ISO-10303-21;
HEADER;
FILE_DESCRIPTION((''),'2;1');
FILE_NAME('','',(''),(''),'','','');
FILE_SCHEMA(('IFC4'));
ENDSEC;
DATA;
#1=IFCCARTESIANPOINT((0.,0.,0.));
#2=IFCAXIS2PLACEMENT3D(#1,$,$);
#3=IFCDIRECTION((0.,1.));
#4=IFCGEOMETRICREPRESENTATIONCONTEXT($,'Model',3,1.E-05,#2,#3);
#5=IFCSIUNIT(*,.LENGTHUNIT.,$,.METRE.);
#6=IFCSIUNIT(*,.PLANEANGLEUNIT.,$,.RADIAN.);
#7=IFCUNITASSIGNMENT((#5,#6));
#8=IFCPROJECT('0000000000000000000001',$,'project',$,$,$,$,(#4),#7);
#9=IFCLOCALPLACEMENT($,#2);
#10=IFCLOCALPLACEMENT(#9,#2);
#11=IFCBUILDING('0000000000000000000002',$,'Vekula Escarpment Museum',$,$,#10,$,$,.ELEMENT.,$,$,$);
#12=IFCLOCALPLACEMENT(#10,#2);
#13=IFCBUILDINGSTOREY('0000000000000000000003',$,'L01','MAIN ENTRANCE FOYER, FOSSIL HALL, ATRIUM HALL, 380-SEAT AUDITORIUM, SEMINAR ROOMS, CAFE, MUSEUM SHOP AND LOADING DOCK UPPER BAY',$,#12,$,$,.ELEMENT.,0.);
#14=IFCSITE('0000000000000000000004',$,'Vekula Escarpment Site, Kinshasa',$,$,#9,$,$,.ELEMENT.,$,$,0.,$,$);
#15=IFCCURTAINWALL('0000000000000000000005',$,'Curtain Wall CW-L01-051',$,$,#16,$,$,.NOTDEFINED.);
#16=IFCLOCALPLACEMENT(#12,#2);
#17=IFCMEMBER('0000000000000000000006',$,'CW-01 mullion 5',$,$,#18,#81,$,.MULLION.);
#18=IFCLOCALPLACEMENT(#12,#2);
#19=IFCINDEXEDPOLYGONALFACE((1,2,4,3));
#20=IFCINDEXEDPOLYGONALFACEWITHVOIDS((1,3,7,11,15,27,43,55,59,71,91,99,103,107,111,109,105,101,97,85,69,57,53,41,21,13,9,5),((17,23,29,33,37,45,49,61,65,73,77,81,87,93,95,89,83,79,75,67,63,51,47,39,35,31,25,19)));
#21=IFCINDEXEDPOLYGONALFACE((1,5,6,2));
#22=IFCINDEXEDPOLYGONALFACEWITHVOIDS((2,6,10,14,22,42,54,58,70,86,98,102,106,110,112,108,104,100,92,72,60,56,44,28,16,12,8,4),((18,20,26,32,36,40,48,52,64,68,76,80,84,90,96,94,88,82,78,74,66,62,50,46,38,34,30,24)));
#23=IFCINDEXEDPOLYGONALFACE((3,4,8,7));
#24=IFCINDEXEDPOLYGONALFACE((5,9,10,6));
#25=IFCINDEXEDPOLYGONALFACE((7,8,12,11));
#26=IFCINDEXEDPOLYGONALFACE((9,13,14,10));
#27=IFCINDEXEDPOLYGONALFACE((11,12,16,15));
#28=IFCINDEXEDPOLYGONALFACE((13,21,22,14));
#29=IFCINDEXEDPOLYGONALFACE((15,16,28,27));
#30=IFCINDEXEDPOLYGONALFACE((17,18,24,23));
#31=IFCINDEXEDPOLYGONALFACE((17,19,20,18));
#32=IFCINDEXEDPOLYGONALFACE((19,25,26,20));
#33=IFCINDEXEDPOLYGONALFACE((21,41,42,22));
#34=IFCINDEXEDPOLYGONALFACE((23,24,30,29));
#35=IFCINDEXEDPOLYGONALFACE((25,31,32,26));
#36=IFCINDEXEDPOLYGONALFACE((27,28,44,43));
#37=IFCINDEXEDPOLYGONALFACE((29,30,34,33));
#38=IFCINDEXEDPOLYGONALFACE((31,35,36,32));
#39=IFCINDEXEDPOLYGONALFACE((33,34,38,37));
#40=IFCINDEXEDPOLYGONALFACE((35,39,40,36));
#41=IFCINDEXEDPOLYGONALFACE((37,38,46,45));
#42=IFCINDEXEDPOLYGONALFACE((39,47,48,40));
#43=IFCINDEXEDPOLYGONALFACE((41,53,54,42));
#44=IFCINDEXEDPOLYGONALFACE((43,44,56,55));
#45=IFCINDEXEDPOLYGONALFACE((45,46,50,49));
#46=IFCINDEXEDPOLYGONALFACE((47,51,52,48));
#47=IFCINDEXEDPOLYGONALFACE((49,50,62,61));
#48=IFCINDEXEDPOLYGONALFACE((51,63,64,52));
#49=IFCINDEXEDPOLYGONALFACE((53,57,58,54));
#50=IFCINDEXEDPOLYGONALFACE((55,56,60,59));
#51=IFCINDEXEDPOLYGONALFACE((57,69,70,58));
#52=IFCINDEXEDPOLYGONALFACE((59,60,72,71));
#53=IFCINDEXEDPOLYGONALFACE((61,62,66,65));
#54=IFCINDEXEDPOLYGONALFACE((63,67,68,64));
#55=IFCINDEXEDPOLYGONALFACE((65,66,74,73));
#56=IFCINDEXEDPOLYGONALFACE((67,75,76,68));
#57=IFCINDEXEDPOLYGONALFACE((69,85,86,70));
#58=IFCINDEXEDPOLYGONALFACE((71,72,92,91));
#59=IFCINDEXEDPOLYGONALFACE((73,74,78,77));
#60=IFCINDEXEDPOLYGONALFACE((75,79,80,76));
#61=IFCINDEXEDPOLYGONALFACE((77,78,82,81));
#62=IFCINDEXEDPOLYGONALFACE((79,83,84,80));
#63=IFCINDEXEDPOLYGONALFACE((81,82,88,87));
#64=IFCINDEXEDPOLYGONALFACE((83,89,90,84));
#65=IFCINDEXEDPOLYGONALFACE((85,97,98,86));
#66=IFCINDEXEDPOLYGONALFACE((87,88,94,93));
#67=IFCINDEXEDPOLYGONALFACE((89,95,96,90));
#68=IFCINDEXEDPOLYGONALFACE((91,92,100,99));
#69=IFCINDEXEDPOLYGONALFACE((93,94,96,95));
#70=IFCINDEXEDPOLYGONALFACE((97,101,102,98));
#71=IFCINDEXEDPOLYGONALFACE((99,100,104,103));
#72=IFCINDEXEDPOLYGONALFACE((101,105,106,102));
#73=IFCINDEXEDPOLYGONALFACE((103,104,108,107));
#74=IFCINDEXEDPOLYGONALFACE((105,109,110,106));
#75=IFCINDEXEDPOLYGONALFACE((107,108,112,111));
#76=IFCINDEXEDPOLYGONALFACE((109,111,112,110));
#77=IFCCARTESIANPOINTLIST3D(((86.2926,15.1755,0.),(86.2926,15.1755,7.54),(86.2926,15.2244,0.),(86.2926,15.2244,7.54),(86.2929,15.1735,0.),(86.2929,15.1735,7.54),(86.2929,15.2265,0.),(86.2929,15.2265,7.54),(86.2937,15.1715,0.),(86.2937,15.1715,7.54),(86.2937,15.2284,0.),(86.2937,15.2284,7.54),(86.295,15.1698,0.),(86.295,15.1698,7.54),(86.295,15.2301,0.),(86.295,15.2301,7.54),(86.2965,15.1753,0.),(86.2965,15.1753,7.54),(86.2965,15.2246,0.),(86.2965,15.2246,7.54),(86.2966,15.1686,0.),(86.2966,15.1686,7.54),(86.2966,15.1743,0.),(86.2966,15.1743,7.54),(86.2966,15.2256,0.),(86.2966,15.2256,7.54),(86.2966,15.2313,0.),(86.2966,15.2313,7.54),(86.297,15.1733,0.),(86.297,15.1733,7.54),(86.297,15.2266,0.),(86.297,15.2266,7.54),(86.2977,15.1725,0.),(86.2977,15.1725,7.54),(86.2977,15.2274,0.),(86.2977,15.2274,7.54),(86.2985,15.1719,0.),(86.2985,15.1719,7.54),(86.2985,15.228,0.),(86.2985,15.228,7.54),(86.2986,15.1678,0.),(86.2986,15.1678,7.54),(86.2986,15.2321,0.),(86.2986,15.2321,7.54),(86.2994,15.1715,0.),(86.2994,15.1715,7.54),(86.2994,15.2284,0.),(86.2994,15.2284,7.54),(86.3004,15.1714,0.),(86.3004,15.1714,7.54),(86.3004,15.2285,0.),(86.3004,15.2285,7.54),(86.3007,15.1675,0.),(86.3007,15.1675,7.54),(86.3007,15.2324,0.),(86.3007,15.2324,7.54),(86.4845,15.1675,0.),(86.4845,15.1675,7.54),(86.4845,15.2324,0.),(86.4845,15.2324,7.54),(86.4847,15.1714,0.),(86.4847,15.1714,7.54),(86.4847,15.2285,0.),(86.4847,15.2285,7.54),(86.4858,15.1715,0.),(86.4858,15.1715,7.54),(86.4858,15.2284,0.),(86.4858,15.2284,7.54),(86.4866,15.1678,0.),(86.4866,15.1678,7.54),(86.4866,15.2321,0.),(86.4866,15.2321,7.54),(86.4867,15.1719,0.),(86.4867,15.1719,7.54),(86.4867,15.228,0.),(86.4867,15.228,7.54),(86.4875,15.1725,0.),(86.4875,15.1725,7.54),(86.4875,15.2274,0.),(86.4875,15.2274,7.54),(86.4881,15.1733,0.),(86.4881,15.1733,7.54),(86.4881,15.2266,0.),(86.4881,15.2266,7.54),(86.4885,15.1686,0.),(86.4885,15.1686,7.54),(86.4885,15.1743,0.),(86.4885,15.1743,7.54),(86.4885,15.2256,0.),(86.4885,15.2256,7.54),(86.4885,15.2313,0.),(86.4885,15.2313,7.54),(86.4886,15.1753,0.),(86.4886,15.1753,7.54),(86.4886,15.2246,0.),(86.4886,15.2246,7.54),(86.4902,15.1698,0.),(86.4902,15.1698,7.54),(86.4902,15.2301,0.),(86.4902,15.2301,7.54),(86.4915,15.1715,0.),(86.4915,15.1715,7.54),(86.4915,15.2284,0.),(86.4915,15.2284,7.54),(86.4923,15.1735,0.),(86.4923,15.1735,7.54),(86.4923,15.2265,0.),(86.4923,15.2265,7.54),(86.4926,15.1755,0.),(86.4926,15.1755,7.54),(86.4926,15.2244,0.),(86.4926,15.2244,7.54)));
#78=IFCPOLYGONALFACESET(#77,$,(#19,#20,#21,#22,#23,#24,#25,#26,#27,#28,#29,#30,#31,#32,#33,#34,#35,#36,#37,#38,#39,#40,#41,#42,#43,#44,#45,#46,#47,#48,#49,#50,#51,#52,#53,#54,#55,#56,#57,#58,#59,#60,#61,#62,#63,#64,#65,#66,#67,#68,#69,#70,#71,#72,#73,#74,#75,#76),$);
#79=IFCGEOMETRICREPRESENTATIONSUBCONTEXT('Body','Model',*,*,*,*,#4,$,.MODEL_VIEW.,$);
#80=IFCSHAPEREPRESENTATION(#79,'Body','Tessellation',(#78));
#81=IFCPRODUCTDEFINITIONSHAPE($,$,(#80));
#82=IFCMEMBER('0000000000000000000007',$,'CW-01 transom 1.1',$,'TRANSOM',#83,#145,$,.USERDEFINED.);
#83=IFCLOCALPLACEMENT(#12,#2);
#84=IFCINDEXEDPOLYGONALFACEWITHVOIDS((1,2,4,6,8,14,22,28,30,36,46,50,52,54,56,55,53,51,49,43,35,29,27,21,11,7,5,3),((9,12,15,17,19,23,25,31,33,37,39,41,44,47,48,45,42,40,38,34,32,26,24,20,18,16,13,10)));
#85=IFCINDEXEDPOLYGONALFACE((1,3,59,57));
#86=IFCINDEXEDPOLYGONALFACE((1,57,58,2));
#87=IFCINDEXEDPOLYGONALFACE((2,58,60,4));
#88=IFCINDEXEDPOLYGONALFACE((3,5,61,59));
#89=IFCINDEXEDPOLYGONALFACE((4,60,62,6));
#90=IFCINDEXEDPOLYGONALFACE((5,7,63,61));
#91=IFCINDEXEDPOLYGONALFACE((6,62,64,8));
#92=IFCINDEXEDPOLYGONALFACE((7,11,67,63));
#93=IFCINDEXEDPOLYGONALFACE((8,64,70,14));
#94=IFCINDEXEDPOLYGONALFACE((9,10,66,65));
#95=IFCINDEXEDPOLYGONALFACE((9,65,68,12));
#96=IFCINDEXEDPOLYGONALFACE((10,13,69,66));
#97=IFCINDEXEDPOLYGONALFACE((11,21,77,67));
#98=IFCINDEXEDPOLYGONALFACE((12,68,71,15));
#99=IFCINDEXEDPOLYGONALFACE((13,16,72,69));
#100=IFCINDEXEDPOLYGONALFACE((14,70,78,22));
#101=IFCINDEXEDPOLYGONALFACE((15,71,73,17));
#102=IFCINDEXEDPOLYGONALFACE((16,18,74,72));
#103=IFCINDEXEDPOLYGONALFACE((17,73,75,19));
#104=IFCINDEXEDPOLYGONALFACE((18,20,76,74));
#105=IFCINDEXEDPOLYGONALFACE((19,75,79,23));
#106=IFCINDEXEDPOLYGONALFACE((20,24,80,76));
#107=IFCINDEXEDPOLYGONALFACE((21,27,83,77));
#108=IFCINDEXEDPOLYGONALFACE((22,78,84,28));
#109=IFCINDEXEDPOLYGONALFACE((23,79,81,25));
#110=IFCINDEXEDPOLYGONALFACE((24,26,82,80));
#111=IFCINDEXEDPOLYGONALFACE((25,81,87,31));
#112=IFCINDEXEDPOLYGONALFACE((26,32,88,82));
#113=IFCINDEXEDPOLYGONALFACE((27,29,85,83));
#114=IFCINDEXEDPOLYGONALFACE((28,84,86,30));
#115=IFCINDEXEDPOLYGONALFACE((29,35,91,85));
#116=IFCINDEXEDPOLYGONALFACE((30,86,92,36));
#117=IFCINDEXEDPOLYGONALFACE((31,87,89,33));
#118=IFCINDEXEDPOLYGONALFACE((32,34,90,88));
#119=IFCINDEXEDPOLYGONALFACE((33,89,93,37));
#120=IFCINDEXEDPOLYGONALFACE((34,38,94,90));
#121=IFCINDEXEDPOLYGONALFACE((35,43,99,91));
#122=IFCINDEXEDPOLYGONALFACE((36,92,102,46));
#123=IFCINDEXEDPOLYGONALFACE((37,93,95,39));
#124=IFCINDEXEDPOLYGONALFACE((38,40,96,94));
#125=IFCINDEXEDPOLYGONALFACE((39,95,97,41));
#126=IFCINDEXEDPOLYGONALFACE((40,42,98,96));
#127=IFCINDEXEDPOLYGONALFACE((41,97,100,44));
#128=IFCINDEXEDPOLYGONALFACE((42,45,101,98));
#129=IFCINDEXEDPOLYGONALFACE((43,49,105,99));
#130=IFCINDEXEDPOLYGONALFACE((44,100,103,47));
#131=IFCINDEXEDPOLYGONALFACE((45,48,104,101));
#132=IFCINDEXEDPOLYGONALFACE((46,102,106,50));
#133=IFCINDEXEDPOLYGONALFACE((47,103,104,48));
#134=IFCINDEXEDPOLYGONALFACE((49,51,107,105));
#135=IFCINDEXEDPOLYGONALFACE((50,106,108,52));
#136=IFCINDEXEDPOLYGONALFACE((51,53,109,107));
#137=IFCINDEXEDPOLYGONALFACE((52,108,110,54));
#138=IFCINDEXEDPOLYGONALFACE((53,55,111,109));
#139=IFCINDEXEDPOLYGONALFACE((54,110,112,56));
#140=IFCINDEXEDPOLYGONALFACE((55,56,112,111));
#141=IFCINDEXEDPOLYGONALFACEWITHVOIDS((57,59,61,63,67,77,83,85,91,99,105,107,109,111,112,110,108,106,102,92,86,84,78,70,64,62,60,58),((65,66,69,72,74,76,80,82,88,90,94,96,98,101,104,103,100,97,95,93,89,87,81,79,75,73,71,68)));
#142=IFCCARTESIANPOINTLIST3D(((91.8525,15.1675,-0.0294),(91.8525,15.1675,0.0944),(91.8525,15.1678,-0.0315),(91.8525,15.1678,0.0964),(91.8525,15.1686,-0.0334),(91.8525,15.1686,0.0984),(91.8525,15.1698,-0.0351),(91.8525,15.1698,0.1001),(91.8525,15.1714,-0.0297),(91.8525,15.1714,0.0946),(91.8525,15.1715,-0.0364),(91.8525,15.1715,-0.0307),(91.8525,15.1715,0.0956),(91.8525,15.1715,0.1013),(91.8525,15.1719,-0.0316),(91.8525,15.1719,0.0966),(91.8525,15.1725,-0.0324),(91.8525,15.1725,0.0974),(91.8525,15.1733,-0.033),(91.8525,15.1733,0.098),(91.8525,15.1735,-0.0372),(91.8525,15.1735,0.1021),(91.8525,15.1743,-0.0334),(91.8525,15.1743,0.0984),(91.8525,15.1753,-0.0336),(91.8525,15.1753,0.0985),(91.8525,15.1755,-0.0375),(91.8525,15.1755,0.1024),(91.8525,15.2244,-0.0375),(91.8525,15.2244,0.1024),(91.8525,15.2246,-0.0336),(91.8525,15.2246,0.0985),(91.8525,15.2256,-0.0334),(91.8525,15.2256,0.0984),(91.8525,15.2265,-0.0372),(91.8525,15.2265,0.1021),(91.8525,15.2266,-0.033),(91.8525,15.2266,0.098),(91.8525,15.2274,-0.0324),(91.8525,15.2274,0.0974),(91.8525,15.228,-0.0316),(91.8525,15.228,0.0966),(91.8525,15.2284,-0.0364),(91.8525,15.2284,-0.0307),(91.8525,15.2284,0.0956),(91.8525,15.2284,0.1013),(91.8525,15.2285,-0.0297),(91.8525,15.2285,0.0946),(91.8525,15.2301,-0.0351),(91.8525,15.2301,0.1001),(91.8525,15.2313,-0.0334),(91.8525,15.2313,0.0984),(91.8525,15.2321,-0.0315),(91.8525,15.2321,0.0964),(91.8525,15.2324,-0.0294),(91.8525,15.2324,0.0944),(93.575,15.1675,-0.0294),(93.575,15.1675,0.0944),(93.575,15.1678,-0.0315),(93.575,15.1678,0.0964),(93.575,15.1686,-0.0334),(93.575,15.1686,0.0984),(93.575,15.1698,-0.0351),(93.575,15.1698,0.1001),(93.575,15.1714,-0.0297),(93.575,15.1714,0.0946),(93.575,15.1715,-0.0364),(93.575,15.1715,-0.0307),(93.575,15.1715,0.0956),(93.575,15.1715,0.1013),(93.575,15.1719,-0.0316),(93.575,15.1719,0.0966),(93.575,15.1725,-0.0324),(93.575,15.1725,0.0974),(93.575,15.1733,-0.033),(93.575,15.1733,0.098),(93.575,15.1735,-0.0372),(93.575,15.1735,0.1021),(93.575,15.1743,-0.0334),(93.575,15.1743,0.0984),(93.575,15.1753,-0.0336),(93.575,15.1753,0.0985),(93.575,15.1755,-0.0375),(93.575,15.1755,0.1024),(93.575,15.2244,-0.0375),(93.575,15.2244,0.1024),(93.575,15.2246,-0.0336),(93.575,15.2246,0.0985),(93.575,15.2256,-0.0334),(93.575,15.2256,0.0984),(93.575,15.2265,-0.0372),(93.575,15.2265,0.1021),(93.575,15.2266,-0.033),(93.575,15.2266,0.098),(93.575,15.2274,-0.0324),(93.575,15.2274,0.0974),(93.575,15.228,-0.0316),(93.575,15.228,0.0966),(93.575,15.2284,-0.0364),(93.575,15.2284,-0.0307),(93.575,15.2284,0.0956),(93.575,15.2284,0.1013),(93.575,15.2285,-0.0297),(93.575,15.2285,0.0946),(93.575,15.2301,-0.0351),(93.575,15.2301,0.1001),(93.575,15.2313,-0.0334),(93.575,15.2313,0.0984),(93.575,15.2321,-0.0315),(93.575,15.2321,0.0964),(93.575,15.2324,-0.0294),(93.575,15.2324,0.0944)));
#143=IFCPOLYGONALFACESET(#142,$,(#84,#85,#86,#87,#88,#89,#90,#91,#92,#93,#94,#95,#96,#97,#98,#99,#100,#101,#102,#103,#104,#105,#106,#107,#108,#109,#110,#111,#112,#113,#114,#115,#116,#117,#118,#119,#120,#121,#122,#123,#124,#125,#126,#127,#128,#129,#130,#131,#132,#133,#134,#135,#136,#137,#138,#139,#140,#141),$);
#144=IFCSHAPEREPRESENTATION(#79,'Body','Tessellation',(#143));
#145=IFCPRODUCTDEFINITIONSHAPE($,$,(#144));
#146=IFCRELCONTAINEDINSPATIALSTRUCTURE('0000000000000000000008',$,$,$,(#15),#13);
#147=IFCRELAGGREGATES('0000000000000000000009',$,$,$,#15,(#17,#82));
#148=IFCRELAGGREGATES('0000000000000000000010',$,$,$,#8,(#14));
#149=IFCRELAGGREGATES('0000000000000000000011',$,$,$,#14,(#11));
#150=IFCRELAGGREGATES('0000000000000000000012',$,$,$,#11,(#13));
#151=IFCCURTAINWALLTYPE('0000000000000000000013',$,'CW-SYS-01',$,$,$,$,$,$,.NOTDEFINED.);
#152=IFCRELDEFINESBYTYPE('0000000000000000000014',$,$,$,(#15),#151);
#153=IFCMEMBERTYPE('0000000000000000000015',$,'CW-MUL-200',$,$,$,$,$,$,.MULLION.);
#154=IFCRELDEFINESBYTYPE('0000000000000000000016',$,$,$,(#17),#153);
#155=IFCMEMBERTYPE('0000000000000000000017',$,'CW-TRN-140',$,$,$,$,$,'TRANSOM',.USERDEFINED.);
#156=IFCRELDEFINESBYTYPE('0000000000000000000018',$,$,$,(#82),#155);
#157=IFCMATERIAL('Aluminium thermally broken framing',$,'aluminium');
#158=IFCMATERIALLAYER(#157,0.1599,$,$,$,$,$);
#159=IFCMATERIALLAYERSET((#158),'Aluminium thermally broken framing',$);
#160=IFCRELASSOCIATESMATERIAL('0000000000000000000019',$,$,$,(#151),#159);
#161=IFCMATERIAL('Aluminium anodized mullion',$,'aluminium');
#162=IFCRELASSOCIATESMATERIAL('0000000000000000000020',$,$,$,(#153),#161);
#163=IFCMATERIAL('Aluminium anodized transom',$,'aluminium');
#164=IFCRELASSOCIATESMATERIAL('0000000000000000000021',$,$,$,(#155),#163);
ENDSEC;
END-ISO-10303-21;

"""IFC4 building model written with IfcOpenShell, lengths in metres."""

from ifc_helpers import new_model, si_unit, direction, frame, origin, origin_2d, place, context, subcontext, project, spatial, hollow_rectangle, extrude, material, layer, layer_set, material_profile, profile_set, type_object, element, aggregate, save


model = new_model("IFC4")

# Units and contexts
model_context = context("Model", 3, precision=1e-05, world=origin(), true_north=direction((0.0, 1.0)))
body_context = subcontext(model_context, "Body", "Model", "MODEL_VIEW")
ifc_project = project(units=[si_unit("LENGTHUNIT", "METRE"), si_unit("PLANEANGLEUNIT", "RADIAN")], contexts=[model_context])

# Site, building, storey
site_placement = place(None, origin())
site = spatial("IfcSite", under=ifc_project, at=site_placement, Name="Vekula Escarpment Site, Kinshasa", CompositionType="ELEMENT", RefElevation=0.0)
building_placement = place(site_placement, origin())
building = spatial("IfcBuilding", under=site, at=building_placement, Name="Vekula Escarpment Museum", CompositionType="ELEMENT")
storey_placement = place(building_placement, origin())
storey = spatial("IfcBuildingStorey", under=building, at=storey_placement, Name="L01", Description="MAIN ENTRANCE FOYER, FOSSIL HALL, ATRIUM HALL, 380-SEAT AUDITORIUM, SEMINAR ROOMS, CAFE, MUSEUM SHOP AND LOADING DOCK UPPER BAY", CompositionType="ELEMENT", Elevation=0.0)

# Curtain wall, members
ifc_material_1 = material(Name="Aluminium thermally broken framing", Category="aluminium")
ifc_layer_1 = layer(ifc_material_1, 0.1599)
ifc_layer_set_1 = layer_set([ifc_layer_1], Name="Aluminium thermally broken framing")
curtain_wall_type = type_object("IfcCurtainWallType", Name="CW-SYS-01", PredefinedType="NOTDEFINED", material=ifc_layer_set_1)
curtain_wall_placement = place(storey_placement, origin())
curtain_wall = element("IfcCurtainWall", 1, at=curtain_wall_placement, inside=storey, type_object=curtain_wall_type, Name="Curtain Wall CW-L01-051", PredefinedType="NOTDEFINED")
ifc_material_2 = material(Name="Aluminium anodized mullion", Category="aluminium")
ifc_material_profile_1 = material_profile(ifc_material_2, hollow_rectangle(XDim=0.0649, YDim=0.2, WallThickness=0.0039, InnerFilletRadius=0.0039, OuterFilletRadius=0.0081, at=origin_2d()), Name="ALU 200x65x4")
ifc_profile_set_1 = profile_set([ifc_material_profile_1], Name="Aluminium anodized mullion")
member_type_1 = type_object("IfcMemberType", Name="CW-MUL-200", PredefinedType="MULLION", material=ifc_profile_set_1)
member_1_placement = place(storey_placement, frame((86.3926, 15.2, 0.0), z_axis=(0.0, 0.0, 1.0), x_axis=(0.0, -1.0, 0.0)))
member_1 = element("IfcMember", 2, at=member_1_placement, type_object=member_type_1, Name="CW-01 mullion 5", PredefinedType="MULLION", context=body_context, shape_type="SweptSolid", body=[
    extrude(hollow_rectangle(XDim=0.0649, YDim=0.2, WallThickness=0.0039, InnerFilletRadius=0.0039, OuterFilletRadius=0.0081, at=origin_2d()), origin(), (0.0, 0.0, 1.0), 7.54),
])
ifc_material_3 = material(Name="Aluminium anodized transom", Category="aluminium")
ifc_material_profile_2 = material_profile(ifc_material_3, hollow_rectangle(XDim=0.0649, YDim=0.1399, WallThickness=0.0039, InnerFilletRadius=0.0039, OuterFilletRadius=0.0081, at=origin_2d()), Name="ALU 140x65x4")
ifc_profile_set_2 = profile_set([ifc_material_profile_2], Name="Aluminium anodized transom")
member_type_2 = type_object("IfcMemberType", Name="CW-TRN-140", ElementType="TRANSOM", PredefinedType="USERDEFINED", material=ifc_profile_set_2)
member_2_placement = place(storey_placement, frame((93.575, 15.2, 0.0325), z_axis=(-1.0, 0.0, 0.0), x_axis=(0.0, -1.0, 0.0)))
member_2 = element("IfcMember", 3, at=member_2_placement, type_object=member_type_2, Name="CW-01 transom 1.1", ObjectType="TRANSOM", PredefinedType="USERDEFINED", context=body_context, shape_type="SweptSolid", body=[
    extrude(hollow_rectangle(XDim=0.0649, YDim=0.1399, WallThickness=0.0039, InnerFilletRadius=0.0039, OuterFilletRadius=0.0081, at=origin_2d()), origin(), (0.0, 0.0, 1.0), 1.7224),
])
aggregate(curtain_wall, [member_1, member_2])

save(model, "model.ifc")
